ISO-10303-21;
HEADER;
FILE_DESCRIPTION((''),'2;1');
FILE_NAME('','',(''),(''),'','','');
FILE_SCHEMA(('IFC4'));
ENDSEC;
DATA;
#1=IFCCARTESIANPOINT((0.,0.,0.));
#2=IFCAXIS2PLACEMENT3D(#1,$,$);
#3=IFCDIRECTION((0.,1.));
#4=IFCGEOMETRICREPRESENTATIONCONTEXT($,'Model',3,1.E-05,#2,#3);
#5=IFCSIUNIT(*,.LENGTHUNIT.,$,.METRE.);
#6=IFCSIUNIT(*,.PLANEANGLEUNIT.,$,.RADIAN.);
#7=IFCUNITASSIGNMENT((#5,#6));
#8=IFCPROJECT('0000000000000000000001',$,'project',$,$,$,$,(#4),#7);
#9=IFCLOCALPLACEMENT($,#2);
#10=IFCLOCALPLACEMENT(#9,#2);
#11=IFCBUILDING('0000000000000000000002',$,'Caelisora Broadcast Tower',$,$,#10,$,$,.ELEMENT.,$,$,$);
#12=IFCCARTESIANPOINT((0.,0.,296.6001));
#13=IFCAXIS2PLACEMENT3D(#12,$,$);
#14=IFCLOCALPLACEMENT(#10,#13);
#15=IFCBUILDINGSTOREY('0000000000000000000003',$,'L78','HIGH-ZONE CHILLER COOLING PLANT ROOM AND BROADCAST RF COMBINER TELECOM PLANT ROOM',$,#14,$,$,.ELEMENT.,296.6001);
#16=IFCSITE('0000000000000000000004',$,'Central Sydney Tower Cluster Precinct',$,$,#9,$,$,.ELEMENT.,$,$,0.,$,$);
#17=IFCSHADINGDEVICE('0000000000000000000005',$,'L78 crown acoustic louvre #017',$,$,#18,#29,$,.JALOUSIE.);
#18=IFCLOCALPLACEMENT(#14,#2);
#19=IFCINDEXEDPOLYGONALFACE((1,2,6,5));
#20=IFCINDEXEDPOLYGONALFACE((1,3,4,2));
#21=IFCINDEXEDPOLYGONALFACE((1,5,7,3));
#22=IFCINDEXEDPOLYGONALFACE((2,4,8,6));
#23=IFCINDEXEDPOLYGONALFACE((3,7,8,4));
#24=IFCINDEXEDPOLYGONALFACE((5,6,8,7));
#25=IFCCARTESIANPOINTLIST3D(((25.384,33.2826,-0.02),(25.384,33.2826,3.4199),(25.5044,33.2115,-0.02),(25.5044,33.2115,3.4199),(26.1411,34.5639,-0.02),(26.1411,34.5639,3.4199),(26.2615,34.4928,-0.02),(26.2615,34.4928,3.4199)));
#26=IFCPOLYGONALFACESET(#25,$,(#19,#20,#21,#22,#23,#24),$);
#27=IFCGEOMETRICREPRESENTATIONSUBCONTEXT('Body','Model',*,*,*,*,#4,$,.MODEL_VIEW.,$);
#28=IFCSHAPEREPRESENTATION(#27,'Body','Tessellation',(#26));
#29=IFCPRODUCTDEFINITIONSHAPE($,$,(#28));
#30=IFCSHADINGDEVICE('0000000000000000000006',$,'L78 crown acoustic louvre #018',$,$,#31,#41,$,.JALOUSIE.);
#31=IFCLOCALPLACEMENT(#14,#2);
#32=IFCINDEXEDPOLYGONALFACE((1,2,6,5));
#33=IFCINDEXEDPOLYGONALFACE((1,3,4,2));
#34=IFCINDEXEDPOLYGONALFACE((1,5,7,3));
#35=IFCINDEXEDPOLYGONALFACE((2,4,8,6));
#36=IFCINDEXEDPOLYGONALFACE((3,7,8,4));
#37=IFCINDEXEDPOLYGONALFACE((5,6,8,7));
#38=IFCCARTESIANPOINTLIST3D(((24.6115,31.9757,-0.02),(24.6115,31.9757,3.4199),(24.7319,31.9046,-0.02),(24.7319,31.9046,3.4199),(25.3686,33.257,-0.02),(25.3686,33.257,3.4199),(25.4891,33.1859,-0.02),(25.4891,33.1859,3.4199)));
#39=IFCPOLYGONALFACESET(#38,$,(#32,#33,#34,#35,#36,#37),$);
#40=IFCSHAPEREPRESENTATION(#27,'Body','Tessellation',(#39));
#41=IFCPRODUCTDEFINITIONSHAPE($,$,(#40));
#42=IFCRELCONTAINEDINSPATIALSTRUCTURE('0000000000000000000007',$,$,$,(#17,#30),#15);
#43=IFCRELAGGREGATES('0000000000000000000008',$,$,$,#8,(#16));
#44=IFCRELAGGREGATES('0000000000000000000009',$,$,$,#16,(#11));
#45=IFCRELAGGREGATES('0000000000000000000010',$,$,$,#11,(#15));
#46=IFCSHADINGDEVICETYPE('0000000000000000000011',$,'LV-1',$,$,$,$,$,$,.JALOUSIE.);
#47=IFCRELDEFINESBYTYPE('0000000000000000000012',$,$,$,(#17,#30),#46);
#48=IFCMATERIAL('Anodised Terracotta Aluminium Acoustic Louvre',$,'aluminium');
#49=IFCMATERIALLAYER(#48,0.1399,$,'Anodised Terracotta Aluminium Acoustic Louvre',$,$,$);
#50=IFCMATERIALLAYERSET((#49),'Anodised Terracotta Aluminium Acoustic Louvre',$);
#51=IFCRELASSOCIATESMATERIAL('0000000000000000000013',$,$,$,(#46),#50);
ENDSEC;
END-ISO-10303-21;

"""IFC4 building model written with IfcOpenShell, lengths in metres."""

from ifc_helpers import new_model, si_unit, direction, frame, origin, origin_2d, place, context, subcontext, project, spatial, rectangle, extrude, source, transform, mapped, material, layer, layer_set, type_object, type_shapes, element, save


model = new_model("IFC4")

# Units and contexts
model_context = context("Model", 3, precision=1e-05, world=origin(), true_north=direction((0.0, 1.0)))
body_context = subcontext(model_context, "Body", "Model", "MODEL_VIEW")
ifc_project = project(units=[si_unit("LENGTHUNIT", "METRE"), si_unit("PLANEANGLEUNIT", "RADIAN")], contexts=[model_context])

# Site, building, storey
site_placement = place(None, origin())
site = spatial("IfcSite", under=ifc_project, at=site_placement, Name="Central Sydney Tower Cluster Precinct", CompositionType="ELEMENT", RefElevation=0.0)
building_placement = place(site_placement, origin())
building = spatial("IfcBuilding", under=site, at=building_placement, Name="Caelisora Broadcast Tower", CompositionType="ELEMENT")
storey_placement = place(building_placement, frame((0.0, 0.0, 296.6001)))
storey = spatial("IfcBuildingStorey", under=building, at=storey_placement, Name="L78", Description="HIGH-ZONE CHILLER COOLING PLANT ROOM AND BROADCAST RF COMBINER TELECOM PLANT ROOM", CompositionType="ELEMENT", Elevation=296.6001)

# Shading devices
ifc_material_1 = material(Name="Anodised Terracotta Aluminium Acoustic Louvre", Category="aluminium")
ifc_layer_1 = layer(ifc_material_1, 0.1399, Name="Anodised Terracotta Aluminium Acoustic Louvre")
ifc_layer_set_1 = layer_set([ifc_layer_1], Name="Anodised Terracotta Aluminium Acoustic Louvre")
shading_device_type = type_object("IfcShadingDeviceType", Name="LV-1", PredefinedType="JALOUSIE", material=ifc_layer_set_1)
shared_shape_1 = source(origin(), body_context, "Body", "SweptSolid", [
    extrude(rectangle(XDim=1.4883, YDim=0.1399, at=origin_2d()), origin(), (0.0, 0.0, 1.0), 3.4399),
])
type_shapes(shading_device_type, [shared_shape_1])
for number, where, z_axis, x_axis, name in (
    (1, (25.8228, 33.8877, -0.02), (0.0, 0.0, 1.0), (-0.508741, -0.86092, 0.0), "L78 crown acoustic louvre #017"),
    (2, (25.0503, 32.5808, -0.02), (0.0, 0.0, 1.0), (-0.508741, -0.86092, 0.0), "L78 crown acoustic louvre #018"),
):
    element("IfcShadingDevice", number, at=place(storey_placement, frame(where, z_axis=z_axis, x_axis=x_axis)), inside=storey, type_object=shading_device_type, Name=name, PredefinedType="JALOUSIE", context=body_context, shape_type="MappedRepresentation", body=[
        mapped(shared_shape_1, transform((0.0, 0.0, 0.0), scale=1.0)),
    ])

save(model, "model.ifc")
